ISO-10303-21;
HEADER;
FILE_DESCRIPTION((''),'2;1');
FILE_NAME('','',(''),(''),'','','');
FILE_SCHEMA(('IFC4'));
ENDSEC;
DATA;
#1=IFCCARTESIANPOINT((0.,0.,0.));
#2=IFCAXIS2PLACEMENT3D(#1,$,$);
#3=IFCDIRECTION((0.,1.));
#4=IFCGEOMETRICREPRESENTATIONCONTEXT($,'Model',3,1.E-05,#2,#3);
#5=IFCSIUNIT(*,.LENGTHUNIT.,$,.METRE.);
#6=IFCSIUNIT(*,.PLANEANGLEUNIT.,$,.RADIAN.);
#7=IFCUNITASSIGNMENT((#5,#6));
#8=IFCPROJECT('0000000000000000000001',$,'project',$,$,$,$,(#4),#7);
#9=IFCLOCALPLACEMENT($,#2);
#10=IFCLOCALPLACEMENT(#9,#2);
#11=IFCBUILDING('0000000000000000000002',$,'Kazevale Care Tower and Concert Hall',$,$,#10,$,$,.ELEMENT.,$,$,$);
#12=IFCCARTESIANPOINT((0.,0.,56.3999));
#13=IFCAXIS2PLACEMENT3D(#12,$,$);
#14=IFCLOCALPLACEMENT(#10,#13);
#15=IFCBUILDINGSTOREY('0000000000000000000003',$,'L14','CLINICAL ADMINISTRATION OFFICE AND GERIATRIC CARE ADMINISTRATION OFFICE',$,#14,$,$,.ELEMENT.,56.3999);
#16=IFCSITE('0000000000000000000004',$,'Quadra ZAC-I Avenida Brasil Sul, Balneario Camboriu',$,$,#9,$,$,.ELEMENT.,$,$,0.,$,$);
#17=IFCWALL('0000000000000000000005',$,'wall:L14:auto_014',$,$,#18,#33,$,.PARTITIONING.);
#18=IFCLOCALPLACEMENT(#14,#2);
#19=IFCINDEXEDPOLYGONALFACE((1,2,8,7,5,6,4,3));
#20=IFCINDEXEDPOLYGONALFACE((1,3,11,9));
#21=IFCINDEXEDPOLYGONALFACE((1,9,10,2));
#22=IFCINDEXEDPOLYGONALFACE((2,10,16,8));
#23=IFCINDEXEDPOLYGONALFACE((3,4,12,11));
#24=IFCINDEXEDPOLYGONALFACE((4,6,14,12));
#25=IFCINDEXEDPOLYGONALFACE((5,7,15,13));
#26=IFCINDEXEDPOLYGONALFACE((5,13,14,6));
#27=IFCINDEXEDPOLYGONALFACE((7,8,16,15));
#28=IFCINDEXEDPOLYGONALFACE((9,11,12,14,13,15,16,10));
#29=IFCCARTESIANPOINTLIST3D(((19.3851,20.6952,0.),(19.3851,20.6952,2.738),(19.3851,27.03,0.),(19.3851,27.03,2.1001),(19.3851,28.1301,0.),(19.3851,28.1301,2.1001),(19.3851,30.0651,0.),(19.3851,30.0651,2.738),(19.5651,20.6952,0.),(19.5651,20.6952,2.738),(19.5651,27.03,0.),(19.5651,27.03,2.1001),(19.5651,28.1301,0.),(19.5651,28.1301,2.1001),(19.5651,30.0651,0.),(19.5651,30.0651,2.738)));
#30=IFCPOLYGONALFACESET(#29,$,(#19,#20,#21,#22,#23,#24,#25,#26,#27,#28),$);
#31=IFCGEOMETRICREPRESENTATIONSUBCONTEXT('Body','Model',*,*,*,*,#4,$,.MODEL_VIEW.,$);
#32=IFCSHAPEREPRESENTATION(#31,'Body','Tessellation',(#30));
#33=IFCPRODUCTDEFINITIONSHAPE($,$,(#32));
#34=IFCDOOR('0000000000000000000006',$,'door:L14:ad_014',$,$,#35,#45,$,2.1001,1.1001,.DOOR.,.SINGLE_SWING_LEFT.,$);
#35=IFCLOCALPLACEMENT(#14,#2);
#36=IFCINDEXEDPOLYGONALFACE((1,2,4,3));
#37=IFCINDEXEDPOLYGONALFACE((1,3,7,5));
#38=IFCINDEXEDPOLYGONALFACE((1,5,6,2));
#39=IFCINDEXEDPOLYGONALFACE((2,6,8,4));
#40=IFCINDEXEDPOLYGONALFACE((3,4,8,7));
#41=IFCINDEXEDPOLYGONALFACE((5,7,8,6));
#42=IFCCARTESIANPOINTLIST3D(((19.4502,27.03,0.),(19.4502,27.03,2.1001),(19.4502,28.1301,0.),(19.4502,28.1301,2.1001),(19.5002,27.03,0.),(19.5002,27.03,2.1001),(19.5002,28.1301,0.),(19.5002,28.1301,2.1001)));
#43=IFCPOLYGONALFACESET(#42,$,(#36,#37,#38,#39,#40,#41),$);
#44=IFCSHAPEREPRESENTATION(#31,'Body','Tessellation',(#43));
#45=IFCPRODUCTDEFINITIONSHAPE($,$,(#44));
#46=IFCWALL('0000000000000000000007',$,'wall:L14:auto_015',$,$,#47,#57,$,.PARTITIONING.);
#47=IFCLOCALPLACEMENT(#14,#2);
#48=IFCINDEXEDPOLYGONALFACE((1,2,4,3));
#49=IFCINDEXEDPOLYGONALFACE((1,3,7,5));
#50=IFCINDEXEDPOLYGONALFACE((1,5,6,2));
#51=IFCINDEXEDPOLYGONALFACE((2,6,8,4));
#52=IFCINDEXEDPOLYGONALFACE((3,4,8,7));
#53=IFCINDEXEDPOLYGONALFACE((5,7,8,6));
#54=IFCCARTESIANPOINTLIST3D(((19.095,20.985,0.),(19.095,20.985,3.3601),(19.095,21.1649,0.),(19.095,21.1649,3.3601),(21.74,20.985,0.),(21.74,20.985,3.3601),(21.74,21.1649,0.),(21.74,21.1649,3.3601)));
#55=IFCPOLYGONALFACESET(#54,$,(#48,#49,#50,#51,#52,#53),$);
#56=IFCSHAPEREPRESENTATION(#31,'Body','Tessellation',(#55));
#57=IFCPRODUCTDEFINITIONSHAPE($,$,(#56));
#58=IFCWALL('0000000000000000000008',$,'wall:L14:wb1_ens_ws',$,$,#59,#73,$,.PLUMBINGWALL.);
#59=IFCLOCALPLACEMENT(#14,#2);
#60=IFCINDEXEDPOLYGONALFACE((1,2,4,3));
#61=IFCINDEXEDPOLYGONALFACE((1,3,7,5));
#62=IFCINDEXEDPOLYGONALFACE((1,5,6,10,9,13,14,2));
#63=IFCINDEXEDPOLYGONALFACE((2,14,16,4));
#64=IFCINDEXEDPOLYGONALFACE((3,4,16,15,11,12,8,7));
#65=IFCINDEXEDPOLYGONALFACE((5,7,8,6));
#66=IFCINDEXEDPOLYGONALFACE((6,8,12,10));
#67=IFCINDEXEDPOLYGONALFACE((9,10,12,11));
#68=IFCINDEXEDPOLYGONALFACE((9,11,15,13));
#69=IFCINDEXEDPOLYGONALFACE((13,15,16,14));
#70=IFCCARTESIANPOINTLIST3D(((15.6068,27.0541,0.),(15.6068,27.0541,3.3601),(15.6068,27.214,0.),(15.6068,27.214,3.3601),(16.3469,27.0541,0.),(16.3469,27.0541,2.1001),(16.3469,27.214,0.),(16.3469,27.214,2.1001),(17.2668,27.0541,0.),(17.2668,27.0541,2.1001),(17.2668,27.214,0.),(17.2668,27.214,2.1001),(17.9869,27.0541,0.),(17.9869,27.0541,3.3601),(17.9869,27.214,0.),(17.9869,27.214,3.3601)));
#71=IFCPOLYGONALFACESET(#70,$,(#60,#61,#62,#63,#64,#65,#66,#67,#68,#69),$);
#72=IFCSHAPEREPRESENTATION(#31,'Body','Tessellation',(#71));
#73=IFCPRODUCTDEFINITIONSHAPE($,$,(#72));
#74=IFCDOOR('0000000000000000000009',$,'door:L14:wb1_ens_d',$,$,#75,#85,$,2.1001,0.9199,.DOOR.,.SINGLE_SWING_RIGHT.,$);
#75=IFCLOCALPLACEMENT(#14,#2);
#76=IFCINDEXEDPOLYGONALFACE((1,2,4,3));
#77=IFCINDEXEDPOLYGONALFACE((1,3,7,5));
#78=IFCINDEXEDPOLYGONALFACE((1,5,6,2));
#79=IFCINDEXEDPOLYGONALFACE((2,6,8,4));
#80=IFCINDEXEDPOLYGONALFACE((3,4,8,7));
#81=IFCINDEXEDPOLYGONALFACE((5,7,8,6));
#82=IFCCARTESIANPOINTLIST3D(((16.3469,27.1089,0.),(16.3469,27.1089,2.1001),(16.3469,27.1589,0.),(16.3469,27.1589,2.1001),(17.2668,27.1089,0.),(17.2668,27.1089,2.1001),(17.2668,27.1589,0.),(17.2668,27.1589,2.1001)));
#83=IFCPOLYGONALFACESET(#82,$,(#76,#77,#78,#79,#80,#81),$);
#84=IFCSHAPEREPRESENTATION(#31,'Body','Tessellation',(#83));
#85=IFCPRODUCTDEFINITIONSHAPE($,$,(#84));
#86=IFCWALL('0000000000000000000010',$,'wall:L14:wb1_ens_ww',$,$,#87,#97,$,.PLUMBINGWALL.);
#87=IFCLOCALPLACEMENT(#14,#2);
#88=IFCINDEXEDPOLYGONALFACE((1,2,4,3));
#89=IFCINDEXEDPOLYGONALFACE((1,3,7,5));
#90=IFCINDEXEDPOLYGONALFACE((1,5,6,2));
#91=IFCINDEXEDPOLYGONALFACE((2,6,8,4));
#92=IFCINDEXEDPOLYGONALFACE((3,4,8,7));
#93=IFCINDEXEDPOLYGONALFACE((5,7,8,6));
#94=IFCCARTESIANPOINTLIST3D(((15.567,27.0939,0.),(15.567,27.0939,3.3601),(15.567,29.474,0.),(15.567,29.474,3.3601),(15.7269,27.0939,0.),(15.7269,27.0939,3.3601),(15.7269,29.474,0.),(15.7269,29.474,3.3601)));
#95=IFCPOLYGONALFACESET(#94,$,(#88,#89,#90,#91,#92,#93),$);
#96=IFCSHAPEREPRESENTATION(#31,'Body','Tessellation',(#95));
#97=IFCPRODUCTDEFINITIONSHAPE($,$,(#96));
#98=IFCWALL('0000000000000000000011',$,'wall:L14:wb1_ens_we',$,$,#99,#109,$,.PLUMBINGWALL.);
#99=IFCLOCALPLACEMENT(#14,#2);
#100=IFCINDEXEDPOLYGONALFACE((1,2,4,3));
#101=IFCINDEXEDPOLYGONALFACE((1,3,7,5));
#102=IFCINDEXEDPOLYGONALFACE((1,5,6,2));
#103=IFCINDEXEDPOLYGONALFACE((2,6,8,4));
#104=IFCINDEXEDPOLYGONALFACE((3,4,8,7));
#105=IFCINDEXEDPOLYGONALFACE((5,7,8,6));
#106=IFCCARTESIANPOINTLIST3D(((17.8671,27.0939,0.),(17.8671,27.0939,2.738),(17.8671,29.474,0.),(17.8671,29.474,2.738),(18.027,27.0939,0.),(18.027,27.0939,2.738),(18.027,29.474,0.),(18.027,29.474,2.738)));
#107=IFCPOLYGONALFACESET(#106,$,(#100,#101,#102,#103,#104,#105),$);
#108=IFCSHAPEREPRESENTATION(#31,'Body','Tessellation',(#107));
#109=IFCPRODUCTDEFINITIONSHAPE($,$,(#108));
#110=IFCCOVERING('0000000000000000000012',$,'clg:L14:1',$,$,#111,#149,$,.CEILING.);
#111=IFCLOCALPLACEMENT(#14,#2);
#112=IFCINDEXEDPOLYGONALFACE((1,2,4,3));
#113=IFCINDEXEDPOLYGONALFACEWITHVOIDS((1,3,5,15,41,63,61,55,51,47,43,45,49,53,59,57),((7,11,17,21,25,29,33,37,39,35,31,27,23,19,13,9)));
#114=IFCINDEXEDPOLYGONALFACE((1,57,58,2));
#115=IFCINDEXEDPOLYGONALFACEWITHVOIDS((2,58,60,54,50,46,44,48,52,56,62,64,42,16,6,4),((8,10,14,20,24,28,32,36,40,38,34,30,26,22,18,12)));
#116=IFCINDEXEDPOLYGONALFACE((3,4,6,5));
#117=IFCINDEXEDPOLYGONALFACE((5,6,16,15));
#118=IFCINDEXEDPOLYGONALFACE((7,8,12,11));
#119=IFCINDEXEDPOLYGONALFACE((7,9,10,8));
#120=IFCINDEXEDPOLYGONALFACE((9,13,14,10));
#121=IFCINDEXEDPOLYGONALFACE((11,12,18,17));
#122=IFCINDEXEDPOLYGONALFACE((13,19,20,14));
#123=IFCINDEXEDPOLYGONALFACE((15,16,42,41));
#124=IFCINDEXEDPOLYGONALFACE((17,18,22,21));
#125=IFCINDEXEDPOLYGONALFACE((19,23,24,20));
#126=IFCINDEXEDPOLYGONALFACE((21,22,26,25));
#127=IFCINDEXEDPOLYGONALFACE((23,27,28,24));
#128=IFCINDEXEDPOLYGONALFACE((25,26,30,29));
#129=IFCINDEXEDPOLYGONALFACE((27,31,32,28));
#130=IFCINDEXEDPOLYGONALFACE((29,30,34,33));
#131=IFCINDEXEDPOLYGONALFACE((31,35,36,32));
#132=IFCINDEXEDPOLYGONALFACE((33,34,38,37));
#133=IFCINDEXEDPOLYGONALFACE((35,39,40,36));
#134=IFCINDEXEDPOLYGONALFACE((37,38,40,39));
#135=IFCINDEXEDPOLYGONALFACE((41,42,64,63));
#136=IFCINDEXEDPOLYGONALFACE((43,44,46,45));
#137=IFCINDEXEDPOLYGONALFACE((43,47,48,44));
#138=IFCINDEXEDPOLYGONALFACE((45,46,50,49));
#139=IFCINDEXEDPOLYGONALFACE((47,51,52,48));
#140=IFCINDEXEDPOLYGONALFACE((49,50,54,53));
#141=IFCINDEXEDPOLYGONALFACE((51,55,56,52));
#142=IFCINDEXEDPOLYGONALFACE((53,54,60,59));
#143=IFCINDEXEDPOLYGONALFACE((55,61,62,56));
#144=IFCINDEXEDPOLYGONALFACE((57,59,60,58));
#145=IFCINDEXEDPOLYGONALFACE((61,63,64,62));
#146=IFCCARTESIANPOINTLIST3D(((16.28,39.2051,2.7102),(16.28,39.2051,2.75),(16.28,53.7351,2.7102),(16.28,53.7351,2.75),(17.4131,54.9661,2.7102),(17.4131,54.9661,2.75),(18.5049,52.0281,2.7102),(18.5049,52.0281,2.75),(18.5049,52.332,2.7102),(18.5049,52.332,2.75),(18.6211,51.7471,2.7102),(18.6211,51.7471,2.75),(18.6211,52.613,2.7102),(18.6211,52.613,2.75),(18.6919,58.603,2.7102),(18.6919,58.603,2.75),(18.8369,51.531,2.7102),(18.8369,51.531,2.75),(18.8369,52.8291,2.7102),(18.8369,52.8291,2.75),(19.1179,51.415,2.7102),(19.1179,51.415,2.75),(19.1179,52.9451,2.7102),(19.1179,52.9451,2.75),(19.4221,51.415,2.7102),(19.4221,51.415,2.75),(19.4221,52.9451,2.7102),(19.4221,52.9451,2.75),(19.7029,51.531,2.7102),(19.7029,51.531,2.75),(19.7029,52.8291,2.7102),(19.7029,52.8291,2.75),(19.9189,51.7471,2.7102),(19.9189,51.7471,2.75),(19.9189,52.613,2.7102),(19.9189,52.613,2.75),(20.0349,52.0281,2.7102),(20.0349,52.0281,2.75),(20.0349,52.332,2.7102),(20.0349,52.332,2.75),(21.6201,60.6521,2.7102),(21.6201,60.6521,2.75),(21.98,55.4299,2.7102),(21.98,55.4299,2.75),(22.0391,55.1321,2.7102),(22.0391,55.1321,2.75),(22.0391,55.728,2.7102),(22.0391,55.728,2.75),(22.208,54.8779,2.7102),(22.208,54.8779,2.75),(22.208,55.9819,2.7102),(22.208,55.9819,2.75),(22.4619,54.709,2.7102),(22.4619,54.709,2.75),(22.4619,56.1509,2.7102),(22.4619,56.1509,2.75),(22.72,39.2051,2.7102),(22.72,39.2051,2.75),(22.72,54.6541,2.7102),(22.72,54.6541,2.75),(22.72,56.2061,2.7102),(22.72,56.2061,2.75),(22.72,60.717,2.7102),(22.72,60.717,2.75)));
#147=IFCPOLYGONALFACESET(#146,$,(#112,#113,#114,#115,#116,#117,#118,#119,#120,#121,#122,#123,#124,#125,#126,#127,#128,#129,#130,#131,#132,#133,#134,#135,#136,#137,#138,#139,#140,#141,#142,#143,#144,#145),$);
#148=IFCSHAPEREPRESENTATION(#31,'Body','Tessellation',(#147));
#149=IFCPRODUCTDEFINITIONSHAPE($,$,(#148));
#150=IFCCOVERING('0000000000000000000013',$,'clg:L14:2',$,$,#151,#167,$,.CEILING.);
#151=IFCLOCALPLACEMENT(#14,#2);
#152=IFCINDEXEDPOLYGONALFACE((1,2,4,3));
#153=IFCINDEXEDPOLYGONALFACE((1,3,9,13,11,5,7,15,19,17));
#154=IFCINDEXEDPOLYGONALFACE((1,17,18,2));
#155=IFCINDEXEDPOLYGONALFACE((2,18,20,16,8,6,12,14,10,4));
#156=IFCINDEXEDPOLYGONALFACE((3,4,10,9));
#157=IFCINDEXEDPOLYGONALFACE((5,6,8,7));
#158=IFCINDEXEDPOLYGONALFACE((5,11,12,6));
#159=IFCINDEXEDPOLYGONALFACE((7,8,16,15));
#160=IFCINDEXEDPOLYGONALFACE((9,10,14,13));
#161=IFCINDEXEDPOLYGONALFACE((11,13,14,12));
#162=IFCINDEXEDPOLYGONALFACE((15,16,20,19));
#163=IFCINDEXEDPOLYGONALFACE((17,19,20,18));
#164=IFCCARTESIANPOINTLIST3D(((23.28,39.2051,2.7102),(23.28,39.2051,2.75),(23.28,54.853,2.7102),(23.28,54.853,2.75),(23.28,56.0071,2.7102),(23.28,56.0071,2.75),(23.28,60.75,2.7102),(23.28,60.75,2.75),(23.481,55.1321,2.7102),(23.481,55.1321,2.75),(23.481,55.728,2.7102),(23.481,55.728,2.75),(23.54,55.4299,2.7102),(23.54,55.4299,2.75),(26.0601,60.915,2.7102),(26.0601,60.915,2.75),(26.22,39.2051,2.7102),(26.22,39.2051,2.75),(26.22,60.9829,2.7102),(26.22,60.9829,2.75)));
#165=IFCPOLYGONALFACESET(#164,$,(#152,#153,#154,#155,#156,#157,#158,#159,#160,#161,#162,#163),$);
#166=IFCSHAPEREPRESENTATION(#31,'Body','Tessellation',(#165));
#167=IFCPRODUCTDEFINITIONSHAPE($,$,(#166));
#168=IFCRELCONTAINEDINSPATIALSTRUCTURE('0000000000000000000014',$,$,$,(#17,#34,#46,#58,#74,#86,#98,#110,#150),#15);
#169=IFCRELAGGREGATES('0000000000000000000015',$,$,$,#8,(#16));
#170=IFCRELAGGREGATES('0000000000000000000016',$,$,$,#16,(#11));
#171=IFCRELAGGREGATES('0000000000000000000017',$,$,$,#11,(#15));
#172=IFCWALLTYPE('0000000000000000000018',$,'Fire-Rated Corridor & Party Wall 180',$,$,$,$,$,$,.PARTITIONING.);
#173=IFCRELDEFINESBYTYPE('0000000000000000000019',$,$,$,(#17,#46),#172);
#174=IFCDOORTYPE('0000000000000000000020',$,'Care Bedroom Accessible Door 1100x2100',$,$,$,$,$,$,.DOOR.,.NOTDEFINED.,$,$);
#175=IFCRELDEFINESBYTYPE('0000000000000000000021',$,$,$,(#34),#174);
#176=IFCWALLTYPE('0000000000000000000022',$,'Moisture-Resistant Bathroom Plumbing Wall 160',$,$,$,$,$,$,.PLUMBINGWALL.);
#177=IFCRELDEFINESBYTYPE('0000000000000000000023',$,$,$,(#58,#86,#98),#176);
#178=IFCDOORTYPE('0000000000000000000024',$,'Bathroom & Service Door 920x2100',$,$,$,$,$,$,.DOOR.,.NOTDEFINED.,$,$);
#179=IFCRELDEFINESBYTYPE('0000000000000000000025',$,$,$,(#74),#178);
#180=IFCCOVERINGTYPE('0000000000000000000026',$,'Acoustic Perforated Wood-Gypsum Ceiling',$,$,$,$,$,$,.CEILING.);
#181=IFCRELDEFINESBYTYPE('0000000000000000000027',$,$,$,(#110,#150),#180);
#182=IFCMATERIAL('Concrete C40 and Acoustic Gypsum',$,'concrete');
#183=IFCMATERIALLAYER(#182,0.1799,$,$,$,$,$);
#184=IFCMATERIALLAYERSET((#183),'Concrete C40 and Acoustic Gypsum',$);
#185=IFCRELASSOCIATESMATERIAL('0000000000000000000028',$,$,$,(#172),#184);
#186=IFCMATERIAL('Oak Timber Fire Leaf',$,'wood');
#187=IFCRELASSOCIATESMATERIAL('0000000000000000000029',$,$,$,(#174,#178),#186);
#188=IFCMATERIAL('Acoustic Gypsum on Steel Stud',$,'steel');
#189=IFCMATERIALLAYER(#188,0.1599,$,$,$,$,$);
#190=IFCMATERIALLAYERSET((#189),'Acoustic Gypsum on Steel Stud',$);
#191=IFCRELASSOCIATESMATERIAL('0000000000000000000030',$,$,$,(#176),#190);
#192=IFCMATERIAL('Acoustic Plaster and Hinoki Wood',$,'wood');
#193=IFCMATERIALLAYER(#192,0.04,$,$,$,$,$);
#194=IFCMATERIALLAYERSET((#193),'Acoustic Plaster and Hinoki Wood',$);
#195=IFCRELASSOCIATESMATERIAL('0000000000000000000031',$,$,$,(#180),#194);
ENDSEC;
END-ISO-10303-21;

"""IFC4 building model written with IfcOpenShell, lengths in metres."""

from ifc_helpers import new_model, si_unit, direction, frame, frame_2d, origin, place, context, subcontext, project, spatial, polyline, rectangle, outline, extrude, material, layer, layer_set, type_object, element, fill, save


model = new_model("IFC4")

# Units and contexts
model_context = context("Model", 3, precision=1e-05, world=origin(), true_north=direction((0.0, 1.0)))
body_context = subcontext(model_context, "Body", "Model", "MODEL_VIEW")
ifc_project = project(units=[si_unit("LENGTHUNIT", "METRE"), si_unit("PLANEANGLEUNIT", "RADIAN")], contexts=[model_context])

# Site, building, storey
site_placement = place(None, origin())
site = spatial("IfcSite", under=ifc_project, at=site_placement, Name="Quadra ZAC-I Avenida Brasil Sul, Balneario Camboriu", CompositionType="ELEMENT", RefElevation=0.0)
building_placement = place(site_placement, origin())
building = spatial("IfcBuilding", under=site, at=building_placement, Name="Kazevale Care Tower and Concert Hall", CompositionType="ELEMENT")
storey_placement = place(building_placement, frame((0.0, 0.0, 56.3999)))
storey = spatial("IfcBuildingStorey", under=building, at=storey_placement, Name="L14", Description="CLINICAL ADMINISTRATION OFFICE AND GERIATRIC CARE ADMINISTRATION OFFICE", CompositionType="ELEMENT", Elevation=56.3999)

# Wall, opening, door
ifc_material_1 = material(Name="Concrete C40 and Acoustic Gypsum", Category="concrete")
ifc_layer_1 = layer(ifc_material_1, 0.1799)
ifc_layer_set_1 = layer_set([ifc_layer_1], Name="Concrete C40 and Acoustic Gypsum")
wall_type_1 = type_object("IfcWallType", Name="Fire-Rated Corridor & Party Wall 180", PredefinedType="PARTITIONING", material=ifc_layer_set_1)
wall_1_placement = place(storey_placement, frame((19.4751, 20.6951, 0.0), z_axis=(0.0, 0.0, 1.0), x_axis=(0.0, 1.0, 0.0)))
wall_1 = element("IfcWall", 1, at=wall_1_placement, inside=storey, type_object=wall_type_1, Name="wall:L14:auto_014", PredefinedType="PARTITIONING", context=body_context, shape_type="SweptSolid", body=[
    extrude(rectangle(XDim=9.3699, YDim=0.1799, at=frame_2d((4.6851, 0.0))), origin(), (0.0, 0.0, 1.0), 2.738),
])
opening_1_placement = place(wall_1_placement, frame((6.335, 0.0, 0.0)))
opening_1 = element("IfcOpeningElement", 2, at=opening_1_placement, cuts=wall_1, PredefinedType="OPENING", context=body_context, shape_type="SweptSolid", body=[
    extrude(rectangle(XDim=1.1001, YDim=2.1001, at=frame_2d((0.55, 1.05))), frame((0.0, 0.0999, 0.0), z_axis=(0.0, -1.0, 0.0), x_axis=(1.0, 0.0, 0.0)), (0.0, 0.0, 1.0), 0.2),
])
ifc_material_2 = material(Name="Oak Timber Fire Leaf", Category="wood")
door_type_1 = type_object("IfcDoorType", Name="Care Bedroom Accessible Door 1100x2100", OperationType="NOTDEFINED", PredefinedType="DOOR", material=ifc_material_2)
door_1_placement = place(opening_1_placement, origin())
door_1 = element("IfcDoor", 3, at=door_1_placement, inside=storey, type_object=door_type_1, Name="door:L14:ad_014", OperationType="SINGLE_SWING_LEFT", OverallHeight=2.1001, OverallWidth=1.1001, PredefinedType="DOOR", context=body_context, shape_type="SweptSolid", body=[
    extrude(rectangle(XDim=1.1001, YDim=2.1001, at=frame_2d((0.55, 1.05))), frame((0.0, 0.0249, 0.0), z_axis=(0.0, -1.0, 0.0), x_axis=(1.0, 0.0, 0.0)), (0.0, 0.0, 1.0), 0.05),
])
fill(opening_1, door_1)

# Wall
wall_2_placement = place(storey_placement, frame((21.74, 21.075, 0.0), z_axis=(0.0, 0.0, 1.0), x_axis=(-1.0, 0.0, 0.0)))
element("IfcWall", 4, at=wall_2_placement, inside=storey, type_object=wall_type_1, Name="wall:L14:auto_015", PredefinedType="PARTITIONING", context=body_context, shape_type="SweptSolid", body=[
    extrude(rectangle(XDim=2.645, YDim=0.1799, at=frame_2d((1.3225, 0.0))), origin(), (0.0, 0.0, 1.0), 3.3601),
])

# Wall, opening, door
ifc_material_3 = material(Name="Acoustic Gypsum on Steel Stud", Category="steel")
ifc_layer_2 = layer(ifc_material_3, 0.1599)
ifc_layer_set_2 = layer_set([ifc_layer_2], Name="Acoustic Gypsum on Steel Stud")
wall_type_2 = type_object("IfcWallType", Name="Moisture-Resistant Bathroom Plumbing Wall 160", PredefinedType="PLUMBINGWALL", material=ifc_layer_set_2)
wall_3_placement = place(storey_placement, frame((15.6069, 27.134, 0.0), z_axis=(0.0, 0.0, 1.0), x_axis=(1.0, 0.0, 0.0)))
wall_3 = element("IfcWall", 5, at=wall_3_placement, inside=storey, type_object=wall_type_2, Name="wall:L14:wb1_ens_ws", PredefinedType="PLUMBINGWALL", context=body_context, shape_type="SweptSolid", body=[
    extrude(rectangle(XDim=2.3801, YDim=0.1599, at=frame_2d((1.1899, 0.0))), origin(), (0.0, 0.0, 1.0), 3.3601),
])
opening_2_placement = place(wall_3_placement, frame((0.74, 0.0, 0.0)))
opening_2 = element("IfcOpeningElement", 6, at=opening_2_placement, cuts=wall_3, PredefinedType="OPENING", context=body_context, shape_type="SweptSolid", body=[
    extrude(rectangle(XDim=0.9199, YDim=2.1001, at=frame_2d((0.46, 1.05))), frame((0.0, 0.0898, 0.0), z_axis=(0.0, -1.0, 0.0), x_axis=(1.0, 0.0, 0.0)), (0.0, 0.0, 1.0), 0.1799),
])
door_type_2 = type_object("IfcDoorType", Name="Bathroom & Service Door 920x2100", OperationType="NOTDEFINED", PredefinedType="DOOR", material=ifc_material_2)
door_2_placement = place(opening_2_placement, origin())
door_2 = element("IfcDoor", 7, at=door_2_placement, inside=storey, type_object=door_type_2, Name="door:L14:wb1_ens_d", OperationType="SINGLE_SWING_RIGHT", OverallHeight=2.1001, OverallWidth=0.9199, PredefinedType="DOOR", context=body_context, shape_type="SweptSolid", body=[
    extrude(rectangle(XDim=0.9199, YDim=2.1001, at=frame_2d((0.46, 1.05))), frame((0.0, 0.0249, 0.0), z_axis=(0.0, -1.0, 0.0), x_axis=(1.0, 0.0, 0.0)), (0.0, 0.0, 1.0), 0.05),
])
fill(opening_2, door_2)

# Walls
wall_4_placement = place(storey_placement, frame((15.647, 27.094, 0.0), z_axis=(0.0, 0.0, 1.0), x_axis=(0.0, 1.0, 0.0)))
element("IfcWall", 8, at=wall_4_placement, inside=storey, type_object=wall_type_2, Name="wall:L14:wb1_ens_ww", PredefinedType="PLUMBINGWALL", context=body_context, shape_type="SweptSolid", body=[
    extrude(rectangle(XDim=2.3801, YDim=0.1599, at=frame_2d((1.1899, 0.0))), origin(), (0.0, 0.0, 1.0), 3.3601),
])
wall_5_placement = place(storey_placement, frame((17.947, 27.094, 0.0), z_axis=(0.0, 0.0, 1.0), x_axis=(0.0, 1.0, 0.0)))
element("IfcWall", 9, at=wall_5_placement, inside=storey, type_object=wall_type_2, Name="wall:L14:wb1_ens_we", PredefinedType="PLUMBINGWALL", context=body_context, shape_type="SweptSolid", body=[
    extrude(rectangle(XDim=2.3801, YDim=0.1599, at=frame_2d((1.1899, 0.0))), origin(), (0.0, 0.0, 1.0), 2.738),
])

# Coverings
ifc_material_4 = material(Name="Acoustic Plaster and Hinoki Wood", Category="wood")
ifc_layer_3 = layer(ifc_material_4, 0.04)
ifc_layer_set_3 = layer_set([ifc_layer_3], Name="Acoustic Plaster and Hinoki Wood")
covering_type = type_object("IfcCoveringType", Name="Acoustic Perforated Wood-Gypsum Ceiling", PredefinedType="CEILING", material=ifc_layer_set_3)
covering_1_placement = place(storey_placement, frame((0.0, 0.0, 2.7102)))
element("IfcCovering", 10, at=covering_1_placement, inside=storey, type_object=covering_type, Name="clg:L14:1", PredefinedType="CEILING", context=body_context, shape_type="SweptSolid", body=[
    extrude(outline(polyline([(22.72, 60.717), (22.72, 56.2061), (22.4619, 56.1509), (22.208, 55.9819), (22.0391, 55.728), (21.98, 55.4299), (22.0391, 55.1321), (22.208, 54.8779), (22.4619, 54.709), (22.72, 54.6541), (22.72, 39.2051), (16.28, 39.2051), (16.28, 53.7351), (17.4131, 54.9661), (18.6919, 58.603), (21.6201, 60.6521), (22.72, 60.717)]), holes=[polyline([(20.0349, 52.332), (19.9189, 52.613), (19.7029, 52.8291), (19.4221, 52.9451), (19.1179, 52.9451), (18.8369, 52.8291), (18.6211, 52.613), (18.5049, 52.332), (18.5049, 52.0281), (18.6211, 51.7471), (18.8369, 51.531), (19.1179, 51.415), (19.4221, 51.415), (19.7029, 51.531), (19.9189, 51.7471), (20.0349, 52.0281), (20.0349, 52.332)])]), origin(), (0.0, 0.0, 1.0), 0.0398),
])
covering_2_placement = place(storey_placement, frame((0.0, 0.0, 2.7102)))
element("IfcCovering", 11, at=covering_2_placement, inside=storey, type_object=covering_type, Name="clg:L14:2", PredefinedType="CEILING", context=body_context, shape_type="SweptSolid", body=[
    extrude(outline(polyline([(23.28, 54.853), (23.481, 55.1321), (23.54, 55.4299), (23.481, 55.728), (23.28, 56.0071), (23.28, 60.75), (26.0601, 60.915), (26.22, 60.9829), (26.22, 39.2051), (23.28, 39.2051), (23.28, 54.853)])), origin(), (0.0, 0.0, 1.0), 0.0398),
])

save(model, "model.ifc")
